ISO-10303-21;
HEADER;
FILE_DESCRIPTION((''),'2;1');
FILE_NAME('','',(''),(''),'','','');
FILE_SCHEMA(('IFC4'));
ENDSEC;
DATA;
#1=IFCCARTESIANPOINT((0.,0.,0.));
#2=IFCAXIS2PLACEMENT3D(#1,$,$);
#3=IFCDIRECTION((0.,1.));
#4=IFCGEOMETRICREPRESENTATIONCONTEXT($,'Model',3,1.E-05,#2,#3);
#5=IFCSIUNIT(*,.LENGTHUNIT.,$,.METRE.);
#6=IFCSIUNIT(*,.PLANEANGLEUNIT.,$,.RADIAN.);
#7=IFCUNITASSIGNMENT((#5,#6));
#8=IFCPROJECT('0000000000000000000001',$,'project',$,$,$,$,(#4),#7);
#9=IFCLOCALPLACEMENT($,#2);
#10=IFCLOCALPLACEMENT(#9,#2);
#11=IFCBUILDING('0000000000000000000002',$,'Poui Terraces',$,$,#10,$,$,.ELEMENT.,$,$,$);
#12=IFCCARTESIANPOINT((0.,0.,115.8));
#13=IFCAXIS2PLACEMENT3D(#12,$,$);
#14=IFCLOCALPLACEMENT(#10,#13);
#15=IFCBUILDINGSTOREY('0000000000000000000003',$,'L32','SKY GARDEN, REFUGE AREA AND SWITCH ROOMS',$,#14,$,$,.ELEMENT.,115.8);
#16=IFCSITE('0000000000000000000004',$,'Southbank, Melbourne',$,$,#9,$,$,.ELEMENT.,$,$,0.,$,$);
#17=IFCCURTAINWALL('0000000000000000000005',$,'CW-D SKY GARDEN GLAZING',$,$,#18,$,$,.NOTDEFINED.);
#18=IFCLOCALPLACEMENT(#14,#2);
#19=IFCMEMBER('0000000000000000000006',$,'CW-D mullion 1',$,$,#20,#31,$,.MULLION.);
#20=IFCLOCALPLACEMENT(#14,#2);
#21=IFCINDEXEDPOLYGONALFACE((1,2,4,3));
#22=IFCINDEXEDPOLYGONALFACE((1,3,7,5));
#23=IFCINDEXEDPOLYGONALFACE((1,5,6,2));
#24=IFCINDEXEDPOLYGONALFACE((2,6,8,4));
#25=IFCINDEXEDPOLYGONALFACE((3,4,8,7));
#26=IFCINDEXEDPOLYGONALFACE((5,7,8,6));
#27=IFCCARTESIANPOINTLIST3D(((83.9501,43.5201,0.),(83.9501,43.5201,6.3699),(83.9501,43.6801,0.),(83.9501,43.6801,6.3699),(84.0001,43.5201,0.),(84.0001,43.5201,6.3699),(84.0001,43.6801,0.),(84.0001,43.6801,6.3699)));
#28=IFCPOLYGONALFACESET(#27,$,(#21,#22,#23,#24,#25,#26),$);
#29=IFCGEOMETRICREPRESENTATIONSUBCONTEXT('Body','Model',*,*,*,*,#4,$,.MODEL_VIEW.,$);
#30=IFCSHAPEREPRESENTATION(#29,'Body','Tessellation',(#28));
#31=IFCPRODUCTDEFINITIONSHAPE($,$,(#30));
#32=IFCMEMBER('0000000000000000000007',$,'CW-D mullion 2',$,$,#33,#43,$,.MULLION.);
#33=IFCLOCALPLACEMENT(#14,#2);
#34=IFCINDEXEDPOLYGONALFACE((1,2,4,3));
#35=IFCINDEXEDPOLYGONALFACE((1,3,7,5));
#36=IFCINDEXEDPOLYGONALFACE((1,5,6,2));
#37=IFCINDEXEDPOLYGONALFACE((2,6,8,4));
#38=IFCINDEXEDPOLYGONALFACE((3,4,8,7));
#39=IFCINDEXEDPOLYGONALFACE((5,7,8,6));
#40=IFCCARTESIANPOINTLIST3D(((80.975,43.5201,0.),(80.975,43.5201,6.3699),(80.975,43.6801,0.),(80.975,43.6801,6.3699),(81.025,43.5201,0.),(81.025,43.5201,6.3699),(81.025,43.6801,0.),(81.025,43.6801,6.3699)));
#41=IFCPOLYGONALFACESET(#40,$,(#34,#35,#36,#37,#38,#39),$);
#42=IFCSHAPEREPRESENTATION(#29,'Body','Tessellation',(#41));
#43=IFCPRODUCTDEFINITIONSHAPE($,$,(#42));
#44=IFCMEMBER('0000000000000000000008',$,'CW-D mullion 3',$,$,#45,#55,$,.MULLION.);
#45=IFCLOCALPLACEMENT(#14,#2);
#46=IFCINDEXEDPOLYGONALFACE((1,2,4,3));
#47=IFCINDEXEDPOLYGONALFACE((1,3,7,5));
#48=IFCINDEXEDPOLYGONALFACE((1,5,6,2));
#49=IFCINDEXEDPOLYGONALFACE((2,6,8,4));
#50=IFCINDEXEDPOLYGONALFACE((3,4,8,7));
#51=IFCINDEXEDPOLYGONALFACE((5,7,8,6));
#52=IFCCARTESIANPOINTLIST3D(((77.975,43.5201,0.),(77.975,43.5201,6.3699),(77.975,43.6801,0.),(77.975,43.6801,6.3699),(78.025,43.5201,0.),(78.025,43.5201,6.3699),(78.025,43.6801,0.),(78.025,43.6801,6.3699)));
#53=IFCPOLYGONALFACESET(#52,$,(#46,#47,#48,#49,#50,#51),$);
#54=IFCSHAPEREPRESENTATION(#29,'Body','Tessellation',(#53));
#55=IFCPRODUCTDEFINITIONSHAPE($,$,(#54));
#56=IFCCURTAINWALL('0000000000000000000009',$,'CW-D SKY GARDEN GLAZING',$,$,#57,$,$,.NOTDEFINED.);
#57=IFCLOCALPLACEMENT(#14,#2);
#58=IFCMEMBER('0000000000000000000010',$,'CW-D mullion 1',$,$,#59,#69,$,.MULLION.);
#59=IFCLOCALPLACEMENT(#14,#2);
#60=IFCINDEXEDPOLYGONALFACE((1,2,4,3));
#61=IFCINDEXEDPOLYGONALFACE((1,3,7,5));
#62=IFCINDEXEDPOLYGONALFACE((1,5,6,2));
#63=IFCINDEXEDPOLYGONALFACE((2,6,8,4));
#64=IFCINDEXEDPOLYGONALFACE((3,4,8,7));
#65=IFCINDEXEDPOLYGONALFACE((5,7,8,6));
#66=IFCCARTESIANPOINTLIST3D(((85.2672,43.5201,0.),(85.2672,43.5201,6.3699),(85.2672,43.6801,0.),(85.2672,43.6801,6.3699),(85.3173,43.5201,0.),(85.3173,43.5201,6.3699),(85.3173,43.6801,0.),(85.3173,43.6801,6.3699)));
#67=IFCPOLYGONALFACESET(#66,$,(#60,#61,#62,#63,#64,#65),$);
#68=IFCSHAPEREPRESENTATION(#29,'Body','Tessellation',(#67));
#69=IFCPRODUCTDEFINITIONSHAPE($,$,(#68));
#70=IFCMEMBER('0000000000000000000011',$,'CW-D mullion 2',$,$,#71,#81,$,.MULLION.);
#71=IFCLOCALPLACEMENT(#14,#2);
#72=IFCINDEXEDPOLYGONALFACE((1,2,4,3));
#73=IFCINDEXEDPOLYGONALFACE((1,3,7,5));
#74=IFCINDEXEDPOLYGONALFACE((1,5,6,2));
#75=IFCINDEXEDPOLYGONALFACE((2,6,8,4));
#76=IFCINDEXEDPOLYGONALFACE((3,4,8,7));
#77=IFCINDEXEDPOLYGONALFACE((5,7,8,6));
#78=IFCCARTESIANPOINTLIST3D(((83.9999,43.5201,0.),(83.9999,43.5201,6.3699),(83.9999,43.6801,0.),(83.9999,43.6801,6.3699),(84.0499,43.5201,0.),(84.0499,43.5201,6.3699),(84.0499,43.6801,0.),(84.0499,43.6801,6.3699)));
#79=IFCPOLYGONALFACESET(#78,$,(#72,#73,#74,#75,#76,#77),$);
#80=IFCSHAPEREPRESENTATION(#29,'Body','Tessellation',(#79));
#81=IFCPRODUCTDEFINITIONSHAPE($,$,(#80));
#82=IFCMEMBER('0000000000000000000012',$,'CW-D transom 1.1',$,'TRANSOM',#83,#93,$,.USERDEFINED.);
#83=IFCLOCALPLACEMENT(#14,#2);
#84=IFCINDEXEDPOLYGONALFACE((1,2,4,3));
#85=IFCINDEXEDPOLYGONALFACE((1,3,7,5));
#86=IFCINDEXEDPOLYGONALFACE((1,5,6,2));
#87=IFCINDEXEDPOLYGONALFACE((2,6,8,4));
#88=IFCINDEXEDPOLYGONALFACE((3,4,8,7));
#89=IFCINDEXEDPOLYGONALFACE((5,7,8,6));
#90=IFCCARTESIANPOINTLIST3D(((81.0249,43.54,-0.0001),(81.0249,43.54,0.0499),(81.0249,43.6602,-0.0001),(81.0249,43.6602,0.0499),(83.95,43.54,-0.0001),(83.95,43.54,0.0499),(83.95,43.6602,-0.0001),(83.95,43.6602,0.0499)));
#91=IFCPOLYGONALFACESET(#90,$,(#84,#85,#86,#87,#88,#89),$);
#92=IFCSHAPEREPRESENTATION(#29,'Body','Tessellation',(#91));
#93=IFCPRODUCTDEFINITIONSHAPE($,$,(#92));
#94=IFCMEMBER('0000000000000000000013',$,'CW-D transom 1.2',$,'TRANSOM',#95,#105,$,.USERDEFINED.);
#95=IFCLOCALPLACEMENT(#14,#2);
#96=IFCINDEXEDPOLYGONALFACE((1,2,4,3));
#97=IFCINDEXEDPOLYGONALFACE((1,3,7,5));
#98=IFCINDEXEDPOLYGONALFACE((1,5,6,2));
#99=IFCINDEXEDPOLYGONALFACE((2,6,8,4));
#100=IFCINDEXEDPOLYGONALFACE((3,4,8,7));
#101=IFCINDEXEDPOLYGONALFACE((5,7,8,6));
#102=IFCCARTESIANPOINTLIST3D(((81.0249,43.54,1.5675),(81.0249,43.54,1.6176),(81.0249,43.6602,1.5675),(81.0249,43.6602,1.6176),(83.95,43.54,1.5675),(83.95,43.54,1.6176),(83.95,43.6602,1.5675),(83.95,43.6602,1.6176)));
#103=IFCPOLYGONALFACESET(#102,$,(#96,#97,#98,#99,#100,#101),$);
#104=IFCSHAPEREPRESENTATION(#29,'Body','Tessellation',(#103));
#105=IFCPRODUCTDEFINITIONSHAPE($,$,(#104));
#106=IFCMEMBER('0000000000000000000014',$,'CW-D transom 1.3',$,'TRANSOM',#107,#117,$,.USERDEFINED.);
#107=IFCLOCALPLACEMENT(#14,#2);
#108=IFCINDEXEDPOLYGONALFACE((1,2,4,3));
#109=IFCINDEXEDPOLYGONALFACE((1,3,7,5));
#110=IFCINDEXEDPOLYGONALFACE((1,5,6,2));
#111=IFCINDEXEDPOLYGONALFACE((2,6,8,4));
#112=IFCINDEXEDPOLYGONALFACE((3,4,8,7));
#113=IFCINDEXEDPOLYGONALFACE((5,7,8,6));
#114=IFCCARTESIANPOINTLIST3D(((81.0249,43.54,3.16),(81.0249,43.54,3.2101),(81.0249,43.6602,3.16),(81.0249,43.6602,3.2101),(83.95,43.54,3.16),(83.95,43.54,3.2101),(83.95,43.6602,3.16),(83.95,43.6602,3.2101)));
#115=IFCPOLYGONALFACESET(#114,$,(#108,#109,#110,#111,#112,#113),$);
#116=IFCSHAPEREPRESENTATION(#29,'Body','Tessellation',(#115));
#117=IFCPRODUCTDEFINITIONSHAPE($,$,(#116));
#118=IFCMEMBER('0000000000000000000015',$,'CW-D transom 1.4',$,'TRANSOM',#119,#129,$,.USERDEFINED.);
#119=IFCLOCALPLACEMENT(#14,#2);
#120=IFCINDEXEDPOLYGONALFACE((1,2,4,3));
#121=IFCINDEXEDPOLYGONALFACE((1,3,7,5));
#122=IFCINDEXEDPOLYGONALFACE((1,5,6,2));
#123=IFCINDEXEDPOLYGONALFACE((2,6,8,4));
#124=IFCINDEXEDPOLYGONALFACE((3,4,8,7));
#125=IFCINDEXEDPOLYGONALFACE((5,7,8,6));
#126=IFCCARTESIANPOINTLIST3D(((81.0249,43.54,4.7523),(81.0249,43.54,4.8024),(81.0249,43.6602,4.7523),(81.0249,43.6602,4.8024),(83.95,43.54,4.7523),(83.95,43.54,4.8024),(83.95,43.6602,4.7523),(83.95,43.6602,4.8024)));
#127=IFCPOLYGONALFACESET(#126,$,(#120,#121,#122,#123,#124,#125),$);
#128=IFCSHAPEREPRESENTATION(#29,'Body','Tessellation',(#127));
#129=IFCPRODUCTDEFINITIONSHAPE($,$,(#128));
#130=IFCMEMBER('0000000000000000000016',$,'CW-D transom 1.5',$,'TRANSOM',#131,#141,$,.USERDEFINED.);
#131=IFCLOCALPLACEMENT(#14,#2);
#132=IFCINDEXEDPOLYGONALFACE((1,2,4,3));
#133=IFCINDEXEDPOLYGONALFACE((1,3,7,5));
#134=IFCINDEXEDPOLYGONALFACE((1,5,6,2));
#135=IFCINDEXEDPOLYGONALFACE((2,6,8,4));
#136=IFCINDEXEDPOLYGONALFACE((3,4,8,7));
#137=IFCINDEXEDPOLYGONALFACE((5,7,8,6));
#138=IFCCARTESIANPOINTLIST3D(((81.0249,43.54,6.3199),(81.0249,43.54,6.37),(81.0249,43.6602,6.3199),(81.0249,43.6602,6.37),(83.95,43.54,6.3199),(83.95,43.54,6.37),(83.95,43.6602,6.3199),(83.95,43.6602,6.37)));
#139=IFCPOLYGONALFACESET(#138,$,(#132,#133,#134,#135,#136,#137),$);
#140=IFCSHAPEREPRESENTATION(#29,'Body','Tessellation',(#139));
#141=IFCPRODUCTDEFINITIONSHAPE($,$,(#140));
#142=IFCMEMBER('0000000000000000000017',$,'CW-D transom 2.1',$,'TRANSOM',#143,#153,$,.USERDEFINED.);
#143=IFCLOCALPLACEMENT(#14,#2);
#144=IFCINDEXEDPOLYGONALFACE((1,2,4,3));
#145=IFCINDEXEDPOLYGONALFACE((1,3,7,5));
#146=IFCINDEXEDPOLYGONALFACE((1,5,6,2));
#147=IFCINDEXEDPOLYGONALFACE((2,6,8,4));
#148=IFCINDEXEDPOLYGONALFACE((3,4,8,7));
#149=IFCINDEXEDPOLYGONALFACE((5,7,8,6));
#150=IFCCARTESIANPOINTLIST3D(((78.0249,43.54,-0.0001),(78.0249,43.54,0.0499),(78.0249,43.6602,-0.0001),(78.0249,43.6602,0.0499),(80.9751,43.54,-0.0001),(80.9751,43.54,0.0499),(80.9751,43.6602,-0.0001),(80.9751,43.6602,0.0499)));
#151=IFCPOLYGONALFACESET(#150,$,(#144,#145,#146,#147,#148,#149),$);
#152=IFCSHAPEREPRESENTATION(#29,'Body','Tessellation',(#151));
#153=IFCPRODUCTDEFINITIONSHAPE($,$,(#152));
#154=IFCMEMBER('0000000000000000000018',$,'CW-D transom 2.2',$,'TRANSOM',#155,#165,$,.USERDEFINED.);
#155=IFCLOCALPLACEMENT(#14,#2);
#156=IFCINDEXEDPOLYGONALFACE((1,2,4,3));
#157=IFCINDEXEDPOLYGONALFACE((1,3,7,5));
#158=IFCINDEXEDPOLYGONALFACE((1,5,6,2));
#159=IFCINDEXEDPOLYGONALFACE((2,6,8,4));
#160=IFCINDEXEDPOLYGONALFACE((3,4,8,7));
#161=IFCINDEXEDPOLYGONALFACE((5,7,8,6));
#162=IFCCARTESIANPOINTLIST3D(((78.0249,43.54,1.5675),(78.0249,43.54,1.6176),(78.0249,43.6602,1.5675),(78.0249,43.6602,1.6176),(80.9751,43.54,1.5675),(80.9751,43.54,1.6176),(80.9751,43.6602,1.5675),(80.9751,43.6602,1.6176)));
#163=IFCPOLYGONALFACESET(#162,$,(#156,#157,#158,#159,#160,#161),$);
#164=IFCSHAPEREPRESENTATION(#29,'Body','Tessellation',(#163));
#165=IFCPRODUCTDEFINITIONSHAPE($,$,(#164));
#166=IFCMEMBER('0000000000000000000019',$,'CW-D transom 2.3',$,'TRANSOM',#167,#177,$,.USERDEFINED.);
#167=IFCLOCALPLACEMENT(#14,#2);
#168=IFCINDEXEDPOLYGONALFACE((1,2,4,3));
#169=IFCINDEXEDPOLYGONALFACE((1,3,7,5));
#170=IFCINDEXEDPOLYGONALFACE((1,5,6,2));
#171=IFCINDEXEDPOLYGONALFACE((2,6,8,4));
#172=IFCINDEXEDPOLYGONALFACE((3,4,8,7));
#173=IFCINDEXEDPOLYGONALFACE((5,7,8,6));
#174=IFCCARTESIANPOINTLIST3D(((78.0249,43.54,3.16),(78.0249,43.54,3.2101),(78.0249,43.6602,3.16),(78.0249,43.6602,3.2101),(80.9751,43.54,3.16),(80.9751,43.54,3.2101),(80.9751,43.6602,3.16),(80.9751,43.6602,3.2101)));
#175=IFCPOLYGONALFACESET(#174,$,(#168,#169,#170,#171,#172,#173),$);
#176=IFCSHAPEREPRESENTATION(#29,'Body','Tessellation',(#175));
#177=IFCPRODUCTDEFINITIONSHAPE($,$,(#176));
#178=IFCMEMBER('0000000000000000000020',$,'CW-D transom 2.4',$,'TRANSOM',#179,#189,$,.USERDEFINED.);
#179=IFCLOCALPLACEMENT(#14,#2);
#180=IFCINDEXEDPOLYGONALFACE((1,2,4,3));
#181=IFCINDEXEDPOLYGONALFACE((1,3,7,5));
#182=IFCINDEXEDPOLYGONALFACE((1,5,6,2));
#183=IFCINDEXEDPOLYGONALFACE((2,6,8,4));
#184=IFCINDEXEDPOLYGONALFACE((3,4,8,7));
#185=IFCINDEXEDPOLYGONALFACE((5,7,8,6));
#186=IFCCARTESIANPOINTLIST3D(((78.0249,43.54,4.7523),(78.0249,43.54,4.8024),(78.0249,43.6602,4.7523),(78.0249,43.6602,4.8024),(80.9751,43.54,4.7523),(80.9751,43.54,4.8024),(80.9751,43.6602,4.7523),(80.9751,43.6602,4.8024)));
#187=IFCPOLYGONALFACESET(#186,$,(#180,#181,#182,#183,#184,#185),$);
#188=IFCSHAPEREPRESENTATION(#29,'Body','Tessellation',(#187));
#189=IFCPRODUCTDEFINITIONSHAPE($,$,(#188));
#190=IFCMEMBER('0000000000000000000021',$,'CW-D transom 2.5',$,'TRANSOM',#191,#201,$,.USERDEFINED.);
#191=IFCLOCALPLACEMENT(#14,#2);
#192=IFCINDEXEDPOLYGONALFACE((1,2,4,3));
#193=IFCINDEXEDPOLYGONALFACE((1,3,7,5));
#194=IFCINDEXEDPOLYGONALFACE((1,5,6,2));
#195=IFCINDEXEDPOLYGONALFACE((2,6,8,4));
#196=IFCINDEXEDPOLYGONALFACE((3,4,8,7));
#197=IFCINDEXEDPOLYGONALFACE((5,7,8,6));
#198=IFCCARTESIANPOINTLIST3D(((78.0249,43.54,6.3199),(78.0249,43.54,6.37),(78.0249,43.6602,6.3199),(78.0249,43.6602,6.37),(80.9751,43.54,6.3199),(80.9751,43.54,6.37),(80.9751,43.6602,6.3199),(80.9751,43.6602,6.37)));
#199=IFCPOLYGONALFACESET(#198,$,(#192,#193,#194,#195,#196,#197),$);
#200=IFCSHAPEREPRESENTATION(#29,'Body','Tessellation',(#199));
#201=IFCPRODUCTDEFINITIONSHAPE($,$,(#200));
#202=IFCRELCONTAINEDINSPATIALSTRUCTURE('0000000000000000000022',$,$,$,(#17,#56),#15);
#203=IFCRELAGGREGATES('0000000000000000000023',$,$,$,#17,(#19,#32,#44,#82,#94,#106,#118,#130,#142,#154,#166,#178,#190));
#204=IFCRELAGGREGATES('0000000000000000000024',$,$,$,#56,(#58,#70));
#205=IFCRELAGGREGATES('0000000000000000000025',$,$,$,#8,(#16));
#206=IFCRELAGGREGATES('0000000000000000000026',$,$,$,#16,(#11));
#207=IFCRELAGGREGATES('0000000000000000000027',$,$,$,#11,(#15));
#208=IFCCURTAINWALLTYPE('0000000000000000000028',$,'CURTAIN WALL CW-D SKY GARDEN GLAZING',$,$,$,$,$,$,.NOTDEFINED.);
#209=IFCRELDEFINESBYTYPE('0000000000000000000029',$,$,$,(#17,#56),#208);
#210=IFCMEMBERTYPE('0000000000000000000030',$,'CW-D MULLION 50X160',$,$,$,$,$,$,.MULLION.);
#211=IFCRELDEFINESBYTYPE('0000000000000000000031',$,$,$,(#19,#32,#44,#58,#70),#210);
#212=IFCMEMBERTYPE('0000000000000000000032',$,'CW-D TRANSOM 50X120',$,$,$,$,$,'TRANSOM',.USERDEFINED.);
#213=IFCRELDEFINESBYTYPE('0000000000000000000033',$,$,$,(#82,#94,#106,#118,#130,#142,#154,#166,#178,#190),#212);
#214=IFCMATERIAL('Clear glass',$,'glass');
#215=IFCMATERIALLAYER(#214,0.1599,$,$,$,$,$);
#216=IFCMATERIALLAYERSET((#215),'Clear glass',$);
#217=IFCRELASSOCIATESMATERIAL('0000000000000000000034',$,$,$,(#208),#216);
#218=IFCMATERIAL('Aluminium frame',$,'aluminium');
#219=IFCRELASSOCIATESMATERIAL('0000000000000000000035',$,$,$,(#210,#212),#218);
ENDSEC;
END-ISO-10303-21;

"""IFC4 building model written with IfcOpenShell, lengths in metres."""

from ifc_helpers import new_model, si_unit, direction, frame, origin, origin_2d, place, context, subcontext, project, spatial, rectangle, extrude, material, layer, layer_set, material_profile, profile_set, type_object, element, aggregate, save


model = new_model("IFC4")

# Units and contexts
model_context = context("Model", 3, precision=1e-05, world=origin(), true_north=direction((0.0, 1.0)))
body_context = subcontext(model_context, "Body", "Model", "MODEL_VIEW")
ifc_project = project(units=[si_unit("LENGTHUNIT", "METRE"), si_unit("PLANEANGLEUNIT", "RADIAN")], contexts=[model_context])

# Site, building, storey
site_placement = place(None, origin())
site = spatial("IfcSite", under=ifc_project, at=site_placement, Name="Southbank, Melbourne", CompositionType="ELEMENT", RefElevation=0.0)
building_placement = place(site_placement, origin())
building = spatial("IfcBuilding", under=site, at=building_placement, Name="Poui Terraces", CompositionType="ELEMENT")
storey_placement = place(building_placement, frame((0.0, 0.0, 115.8)))
storey = spatial("IfcBuildingStorey", under=building, at=storey_placement, Name="L32", Description="SKY GARDEN, REFUGE AREA AND SWITCH ROOMS", CompositionType="ELEMENT", Elevation=115.8)

# Curtain walls, members
ifc_material_1 = material(Name="Clear glass", Category="glass")
ifc_layer_1 = layer(ifc_material_1, 0.1599)
ifc_layer_set_1 = layer_set([ifc_layer_1], Name="Clear glass")
curtain_wall_type = type_object("IfcCurtainWallType", Name="CURTAIN WALL CW-D SKY GARDEN GLAZING", PredefinedType="NOTDEFINED", material=ifc_layer_set_1)
curtain_wall_1_placement = place(storey_placement, origin())
curtain_wall_1 = element("IfcCurtainWall", 1, at=curtain_wall_1_placement, inside=storey, type_object=curtain_wall_type, Name="CW-D SKY GARDEN GLAZING", PredefinedType="NOTDEFINED")
ifc_material_2 = material(Name="Aluminium frame", Category="aluminium")
ifc_material_profile_1 = material_profile(ifc_material_2, rectangle(XDim=0.1599, YDim=0.05, at=origin_2d()), Name="CW-D MULLION 50X160")
ifc_profile_set_1 = profile_set([ifc_material_profile_1], Name="Aluminium frame")
member_type_1 = type_object("IfcMemberType", Name="CW-D MULLION 50X160", PredefinedType="MULLION", material=ifc_profile_set_1)
member_1_placement = place(storey_placement, frame((83.9751, 43.6001, 0.0), z_axis=(0.0, 0.0, 1.0), x_axis=(0.0, -1.0, 0.0)))
member_1 = element("IfcMember", 2, at=member_1_placement, type_object=member_type_1, Name="CW-D mullion 1", PredefinedType="MULLION", context=body_context, shape_type="SweptSolid", body=[
    extrude(rectangle(XDim=0.1599, YDim=0.05, at=origin_2d()), origin(), (0.0, 0.0, 1.0), 6.3699),
])
member_2_placement = place(storey_placement, frame((81.0, 43.6001, 0.0), z_axis=(0.0, 0.0, 1.0), x_axis=(0.0, -1.0, 0.0)))
member_2 = element("IfcMember", 3, at=member_2_placement, type_object=member_type_1, Name="CW-D mullion 2", PredefinedType="MULLION", context=body_context, shape_type="SweptSolid", body=[
    extrude(rectangle(XDim=0.1599, YDim=0.05, at=origin_2d()), origin(), (0.0, 0.0, 1.0), 6.3699),
])
member_3_placement = place(storey_placement, frame((78.0, 43.6001, 0.0), z_axis=(0.0, 0.0, 1.0), x_axis=(0.0, -1.0, 0.0)))
member_3 = element("IfcMember", 4, at=member_3_placement, type_object=member_type_1, Name="CW-D mullion 3", PredefinedType="MULLION", context=body_context, shape_type="SweptSolid", body=[
    extrude(rectangle(XDim=0.1599, YDim=0.05, at=origin_2d()), origin(), (0.0, 0.0, 1.0), 6.3699),
])
curtain_wall_2_placement = place(storey_placement, origin())
curtain_wall_2 = element("IfcCurtainWall", 5, at=curtain_wall_2_placement, inside=storey, type_object=curtain_wall_type, Name="CW-D SKY GARDEN GLAZING", PredefinedType="NOTDEFINED")
member_4_placement = place(storey_placement, frame((85.2922, 43.6001, 0.0), z_axis=(0.0, 0.0, 1.0), x_axis=(0.0, -1.0, 0.0)))
member_4 = element("IfcMember", 6, at=member_4_placement, type_object=member_type_1, Name="CW-D mullion 1", PredefinedType="MULLION", context=body_context, shape_type="SweptSolid", body=[
    extrude(rectangle(XDim=0.1599, YDim=0.05, at=origin_2d()), origin(), (0.0, 0.0, 1.0), 6.3699),
])
member_5_placement = place(storey_placement, frame((84.0249, 43.6001, 0.0), z_axis=(0.0, 0.0, 1.0), x_axis=(0.0, -1.0, 0.0)))
member_5 = element("IfcMember", 7, at=member_5_placement, type_object=member_type_1, Name="CW-D mullion 2", PredefinedType="MULLION", context=body_context, shape_type="SweptSolid", body=[
    extrude(rectangle(XDim=0.1599, YDim=0.05, at=origin_2d()), origin(), (0.0, 0.0, 1.0), 6.3699),
])

# Members
ifc_material_profile_2 = material_profile(ifc_material_2, rectangle(XDim=0.1201, YDim=0.05, at=origin_2d()), Name="CW-D TRANSOM 50X120")
ifc_profile_set_2 = profile_set([ifc_material_profile_2], Name="Aluminium frame")
member_type_2 = type_object("IfcMemberType", Name="CW-D TRANSOM 50X120", ElementType="TRANSOM", PredefinedType="USERDEFINED", material=ifc_profile_set_2)
member_6_placement = place(storey_placement, frame((83.95, 43.6001, 0.0249), z_axis=(-1.0, 0.0, 0.0), x_axis=(0.0, -1.0, 0.0)))
member_6 = element("IfcMember", 8, at=member_6_placement, type_object=member_type_2, Name="CW-D transom 1.1", ObjectType="TRANSOM", PredefinedType="USERDEFINED", context=body_context, shape_type="SweptSolid", body=[
    extrude(rectangle(XDim=0.1201, YDim=0.05, at=origin_2d()), origin(), (0.0, 0.0, 1.0), 2.925),
])
member_7_placement = place(storey_placement, frame((83.95, 43.6001, 1.5925), z_axis=(-1.0, 0.0, 0.0), x_axis=(0.0, -1.0, 0.0)))
member_7 = element("IfcMember", 9, at=member_7_placement, type_object=member_type_2, Name="CW-D transom 1.2", ObjectType="TRANSOM", PredefinedType="USERDEFINED", context=body_context, shape_type="SweptSolid", body=[
    extrude(rectangle(XDim=0.1201, YDim=0.05, at=origin_2d()), origin(), (0.0, 0.0, 1.0), 2.925),
])
member_8_placement = place(storey_placement, frame((83.95, 43.6001, 3.1851), z_axis=(-1.0, 0.0, 0.0), x_axis=(0.0, -1.0, 0.0)))
member_8 = element("IfcMember", 10, at=member_8_placement, type_object=member_type_2, Name="CW-D transom 1.3", ObjectType="TRANSOM", PredefinedType="USERDEFINED", context=body_context, shape_type="SweptSolid", body=[
    extrude(rectangle(XDim=0.1201, YDim=0.05, at=origin_2d()), origin(), (0.0, 0.0, 1.0), 2.925),
])
member_9_placement = place(storey_placement, frame((83.95, 43.6001, 4.7773), z_axis=(-1.0, 0.0, 0.0), x_axis=(0.0, -1.0, 0.0)))
member_9 = element("IfcMember", 11, at=member_9_placement, type_object=member_type_2, Name="CW-D transom 1.4", ObjectType="TRANSOM", PredefinedType="USERDEFINED", context=body_context, shape_type="SweptSolid", body=[
    extrude(rectangle(XDim=0.1201, YDim=0.05, at=origin_2d()), origin(), (0.0, 0.0, 1.0), 2.925),
])
member_10_placement = place(storey_placement, frame((83.95, 43.6001, 6.345), z_axis=(-1.0, 0.0, 0.0), x_axis=(0.0, -1.0, 0.0)))
member_10 = element("IfcMember", 12, at=member_10_placement, type_object=member_type_2, Name="CW-D transom 1.5", ObjectType="TRANSOM", PredefinedType="USERDEFINED", context=body_context, shape_type="SweptSolid", body=[
    extrude(rectangle(XDim=0.1201, YDim=0.05, at=origin_2d()), origin(), (0.0, 0.0, 1.0), 2.925),
])
member_11_placement = place(storey_placement, frame((80.9751, 43.6001, 0.0249), z_axis=(-1.0, 0.0, 0.0), x_axis=(0.0, -1.0, 0.0)))
member_11 = element("IfcMember", 13, at=member_11_placement, type_object=member_type_2, Name="CW-D transom 2.1", ObjectType="TRANSOM", PredefinedType="USERDEFINED", context=body_context, shape_type="SweptSolid", body=[
    extrude(rectangle(XDim=0.1201, YDim=0.05, at=origin_2d()), origin(), (0.0, 0.0, 1.0), 2.9502),
])
member_12_placement = place(storey_placement, frame((80.9751, 43.6001, 1.5925), z_axis=(-1.0, 0.0, 0.0), x_axis=(0.0, -1.0, 0.0)))
member_12 = element("IfcMember", 14, at=member_12_placement, type_object=member_type_2, Name="CW-D transom 2.2", ObjectType="TRANSOM", PredefinedType="USERDEFINED", context=body_context, shape_type="SweptSolid", body=[
    extrude(rectangle(XDim=0.1201, YDim=0.05, at=origin_2d()), origin(), (0.0, 0.0, 1.0), 2.9502),
])
member_13_placement = place(storey_placement, frame((80.9751, 43.6001, 3.1851), z_axis=(-1.0, 0.0, 0.0), x_axis=(0.0, -1.0, 0.0)))
member_13 = element("IfcMember", 15, at=member_13_placement, type_object=member_type_2, Name="CW-D transom 2.3", ObjectType="TRANSOM", PredefinedType="USERDEFINED", context=body_context, shape_type="SweptSolid", body=[
    extrude(rectangle(XDim=0.1201, YDim=0.05, at=origin_2d()), origin(), (0.0, 0.0, 1.0), 2.9502),
])
member_14_placement = place(storey_placement, frame((80.9751, 43.6001, 4.7773), z_axis=(-1.0, 0.0, 0.0), x_axis=(0.0, -1.0, 0.0)))
member_14 = element("IfcMember", 16, at=member_14_placement, type_object=member_type_2, Name="CW-D transom 2.4", ObjectType="TRANSOM", PredefinedType="USERDEFINED", context=body_context, shape_type="SweptSolid", body=[
    extrude(rectangle(XDim=0.1201, YDim=0.05, at=origin_2d()), origin(), (0.0, 0.0, 1.0), 2.9502),
])
member_15_placement = place(storey_placement, frame((80.9751, 43.6001, 6.345), z_axis=(-1.0, 0.0, 0.0), x_axis=(0.0, -1.0, 0.0)))
member_15 = element("IfcMember", 17, at=member_15_placement, type_object=member_type_2, Name="CW-D transom 2.5", ObjectType="TRANSOM", PredefinedType="USERDEFINED", context=body_context, shape_type="SweptSolid", body=[
    extrude(rectangle(XDim=0.1201, YDim=0.05, at=origin_2d()), origin(), (0.0, 0.0, 1.0), 2.9502),
])

aggregate(curtain_wall_1, [member_1, member_2, member_3, member_6, member_7, member_8, member_9, member_10, member_11, member_12, member_13, member_14, member_15])
aggregate(curtain_wall_2, [member_4, member_5])

save(model, "model.ifc")
